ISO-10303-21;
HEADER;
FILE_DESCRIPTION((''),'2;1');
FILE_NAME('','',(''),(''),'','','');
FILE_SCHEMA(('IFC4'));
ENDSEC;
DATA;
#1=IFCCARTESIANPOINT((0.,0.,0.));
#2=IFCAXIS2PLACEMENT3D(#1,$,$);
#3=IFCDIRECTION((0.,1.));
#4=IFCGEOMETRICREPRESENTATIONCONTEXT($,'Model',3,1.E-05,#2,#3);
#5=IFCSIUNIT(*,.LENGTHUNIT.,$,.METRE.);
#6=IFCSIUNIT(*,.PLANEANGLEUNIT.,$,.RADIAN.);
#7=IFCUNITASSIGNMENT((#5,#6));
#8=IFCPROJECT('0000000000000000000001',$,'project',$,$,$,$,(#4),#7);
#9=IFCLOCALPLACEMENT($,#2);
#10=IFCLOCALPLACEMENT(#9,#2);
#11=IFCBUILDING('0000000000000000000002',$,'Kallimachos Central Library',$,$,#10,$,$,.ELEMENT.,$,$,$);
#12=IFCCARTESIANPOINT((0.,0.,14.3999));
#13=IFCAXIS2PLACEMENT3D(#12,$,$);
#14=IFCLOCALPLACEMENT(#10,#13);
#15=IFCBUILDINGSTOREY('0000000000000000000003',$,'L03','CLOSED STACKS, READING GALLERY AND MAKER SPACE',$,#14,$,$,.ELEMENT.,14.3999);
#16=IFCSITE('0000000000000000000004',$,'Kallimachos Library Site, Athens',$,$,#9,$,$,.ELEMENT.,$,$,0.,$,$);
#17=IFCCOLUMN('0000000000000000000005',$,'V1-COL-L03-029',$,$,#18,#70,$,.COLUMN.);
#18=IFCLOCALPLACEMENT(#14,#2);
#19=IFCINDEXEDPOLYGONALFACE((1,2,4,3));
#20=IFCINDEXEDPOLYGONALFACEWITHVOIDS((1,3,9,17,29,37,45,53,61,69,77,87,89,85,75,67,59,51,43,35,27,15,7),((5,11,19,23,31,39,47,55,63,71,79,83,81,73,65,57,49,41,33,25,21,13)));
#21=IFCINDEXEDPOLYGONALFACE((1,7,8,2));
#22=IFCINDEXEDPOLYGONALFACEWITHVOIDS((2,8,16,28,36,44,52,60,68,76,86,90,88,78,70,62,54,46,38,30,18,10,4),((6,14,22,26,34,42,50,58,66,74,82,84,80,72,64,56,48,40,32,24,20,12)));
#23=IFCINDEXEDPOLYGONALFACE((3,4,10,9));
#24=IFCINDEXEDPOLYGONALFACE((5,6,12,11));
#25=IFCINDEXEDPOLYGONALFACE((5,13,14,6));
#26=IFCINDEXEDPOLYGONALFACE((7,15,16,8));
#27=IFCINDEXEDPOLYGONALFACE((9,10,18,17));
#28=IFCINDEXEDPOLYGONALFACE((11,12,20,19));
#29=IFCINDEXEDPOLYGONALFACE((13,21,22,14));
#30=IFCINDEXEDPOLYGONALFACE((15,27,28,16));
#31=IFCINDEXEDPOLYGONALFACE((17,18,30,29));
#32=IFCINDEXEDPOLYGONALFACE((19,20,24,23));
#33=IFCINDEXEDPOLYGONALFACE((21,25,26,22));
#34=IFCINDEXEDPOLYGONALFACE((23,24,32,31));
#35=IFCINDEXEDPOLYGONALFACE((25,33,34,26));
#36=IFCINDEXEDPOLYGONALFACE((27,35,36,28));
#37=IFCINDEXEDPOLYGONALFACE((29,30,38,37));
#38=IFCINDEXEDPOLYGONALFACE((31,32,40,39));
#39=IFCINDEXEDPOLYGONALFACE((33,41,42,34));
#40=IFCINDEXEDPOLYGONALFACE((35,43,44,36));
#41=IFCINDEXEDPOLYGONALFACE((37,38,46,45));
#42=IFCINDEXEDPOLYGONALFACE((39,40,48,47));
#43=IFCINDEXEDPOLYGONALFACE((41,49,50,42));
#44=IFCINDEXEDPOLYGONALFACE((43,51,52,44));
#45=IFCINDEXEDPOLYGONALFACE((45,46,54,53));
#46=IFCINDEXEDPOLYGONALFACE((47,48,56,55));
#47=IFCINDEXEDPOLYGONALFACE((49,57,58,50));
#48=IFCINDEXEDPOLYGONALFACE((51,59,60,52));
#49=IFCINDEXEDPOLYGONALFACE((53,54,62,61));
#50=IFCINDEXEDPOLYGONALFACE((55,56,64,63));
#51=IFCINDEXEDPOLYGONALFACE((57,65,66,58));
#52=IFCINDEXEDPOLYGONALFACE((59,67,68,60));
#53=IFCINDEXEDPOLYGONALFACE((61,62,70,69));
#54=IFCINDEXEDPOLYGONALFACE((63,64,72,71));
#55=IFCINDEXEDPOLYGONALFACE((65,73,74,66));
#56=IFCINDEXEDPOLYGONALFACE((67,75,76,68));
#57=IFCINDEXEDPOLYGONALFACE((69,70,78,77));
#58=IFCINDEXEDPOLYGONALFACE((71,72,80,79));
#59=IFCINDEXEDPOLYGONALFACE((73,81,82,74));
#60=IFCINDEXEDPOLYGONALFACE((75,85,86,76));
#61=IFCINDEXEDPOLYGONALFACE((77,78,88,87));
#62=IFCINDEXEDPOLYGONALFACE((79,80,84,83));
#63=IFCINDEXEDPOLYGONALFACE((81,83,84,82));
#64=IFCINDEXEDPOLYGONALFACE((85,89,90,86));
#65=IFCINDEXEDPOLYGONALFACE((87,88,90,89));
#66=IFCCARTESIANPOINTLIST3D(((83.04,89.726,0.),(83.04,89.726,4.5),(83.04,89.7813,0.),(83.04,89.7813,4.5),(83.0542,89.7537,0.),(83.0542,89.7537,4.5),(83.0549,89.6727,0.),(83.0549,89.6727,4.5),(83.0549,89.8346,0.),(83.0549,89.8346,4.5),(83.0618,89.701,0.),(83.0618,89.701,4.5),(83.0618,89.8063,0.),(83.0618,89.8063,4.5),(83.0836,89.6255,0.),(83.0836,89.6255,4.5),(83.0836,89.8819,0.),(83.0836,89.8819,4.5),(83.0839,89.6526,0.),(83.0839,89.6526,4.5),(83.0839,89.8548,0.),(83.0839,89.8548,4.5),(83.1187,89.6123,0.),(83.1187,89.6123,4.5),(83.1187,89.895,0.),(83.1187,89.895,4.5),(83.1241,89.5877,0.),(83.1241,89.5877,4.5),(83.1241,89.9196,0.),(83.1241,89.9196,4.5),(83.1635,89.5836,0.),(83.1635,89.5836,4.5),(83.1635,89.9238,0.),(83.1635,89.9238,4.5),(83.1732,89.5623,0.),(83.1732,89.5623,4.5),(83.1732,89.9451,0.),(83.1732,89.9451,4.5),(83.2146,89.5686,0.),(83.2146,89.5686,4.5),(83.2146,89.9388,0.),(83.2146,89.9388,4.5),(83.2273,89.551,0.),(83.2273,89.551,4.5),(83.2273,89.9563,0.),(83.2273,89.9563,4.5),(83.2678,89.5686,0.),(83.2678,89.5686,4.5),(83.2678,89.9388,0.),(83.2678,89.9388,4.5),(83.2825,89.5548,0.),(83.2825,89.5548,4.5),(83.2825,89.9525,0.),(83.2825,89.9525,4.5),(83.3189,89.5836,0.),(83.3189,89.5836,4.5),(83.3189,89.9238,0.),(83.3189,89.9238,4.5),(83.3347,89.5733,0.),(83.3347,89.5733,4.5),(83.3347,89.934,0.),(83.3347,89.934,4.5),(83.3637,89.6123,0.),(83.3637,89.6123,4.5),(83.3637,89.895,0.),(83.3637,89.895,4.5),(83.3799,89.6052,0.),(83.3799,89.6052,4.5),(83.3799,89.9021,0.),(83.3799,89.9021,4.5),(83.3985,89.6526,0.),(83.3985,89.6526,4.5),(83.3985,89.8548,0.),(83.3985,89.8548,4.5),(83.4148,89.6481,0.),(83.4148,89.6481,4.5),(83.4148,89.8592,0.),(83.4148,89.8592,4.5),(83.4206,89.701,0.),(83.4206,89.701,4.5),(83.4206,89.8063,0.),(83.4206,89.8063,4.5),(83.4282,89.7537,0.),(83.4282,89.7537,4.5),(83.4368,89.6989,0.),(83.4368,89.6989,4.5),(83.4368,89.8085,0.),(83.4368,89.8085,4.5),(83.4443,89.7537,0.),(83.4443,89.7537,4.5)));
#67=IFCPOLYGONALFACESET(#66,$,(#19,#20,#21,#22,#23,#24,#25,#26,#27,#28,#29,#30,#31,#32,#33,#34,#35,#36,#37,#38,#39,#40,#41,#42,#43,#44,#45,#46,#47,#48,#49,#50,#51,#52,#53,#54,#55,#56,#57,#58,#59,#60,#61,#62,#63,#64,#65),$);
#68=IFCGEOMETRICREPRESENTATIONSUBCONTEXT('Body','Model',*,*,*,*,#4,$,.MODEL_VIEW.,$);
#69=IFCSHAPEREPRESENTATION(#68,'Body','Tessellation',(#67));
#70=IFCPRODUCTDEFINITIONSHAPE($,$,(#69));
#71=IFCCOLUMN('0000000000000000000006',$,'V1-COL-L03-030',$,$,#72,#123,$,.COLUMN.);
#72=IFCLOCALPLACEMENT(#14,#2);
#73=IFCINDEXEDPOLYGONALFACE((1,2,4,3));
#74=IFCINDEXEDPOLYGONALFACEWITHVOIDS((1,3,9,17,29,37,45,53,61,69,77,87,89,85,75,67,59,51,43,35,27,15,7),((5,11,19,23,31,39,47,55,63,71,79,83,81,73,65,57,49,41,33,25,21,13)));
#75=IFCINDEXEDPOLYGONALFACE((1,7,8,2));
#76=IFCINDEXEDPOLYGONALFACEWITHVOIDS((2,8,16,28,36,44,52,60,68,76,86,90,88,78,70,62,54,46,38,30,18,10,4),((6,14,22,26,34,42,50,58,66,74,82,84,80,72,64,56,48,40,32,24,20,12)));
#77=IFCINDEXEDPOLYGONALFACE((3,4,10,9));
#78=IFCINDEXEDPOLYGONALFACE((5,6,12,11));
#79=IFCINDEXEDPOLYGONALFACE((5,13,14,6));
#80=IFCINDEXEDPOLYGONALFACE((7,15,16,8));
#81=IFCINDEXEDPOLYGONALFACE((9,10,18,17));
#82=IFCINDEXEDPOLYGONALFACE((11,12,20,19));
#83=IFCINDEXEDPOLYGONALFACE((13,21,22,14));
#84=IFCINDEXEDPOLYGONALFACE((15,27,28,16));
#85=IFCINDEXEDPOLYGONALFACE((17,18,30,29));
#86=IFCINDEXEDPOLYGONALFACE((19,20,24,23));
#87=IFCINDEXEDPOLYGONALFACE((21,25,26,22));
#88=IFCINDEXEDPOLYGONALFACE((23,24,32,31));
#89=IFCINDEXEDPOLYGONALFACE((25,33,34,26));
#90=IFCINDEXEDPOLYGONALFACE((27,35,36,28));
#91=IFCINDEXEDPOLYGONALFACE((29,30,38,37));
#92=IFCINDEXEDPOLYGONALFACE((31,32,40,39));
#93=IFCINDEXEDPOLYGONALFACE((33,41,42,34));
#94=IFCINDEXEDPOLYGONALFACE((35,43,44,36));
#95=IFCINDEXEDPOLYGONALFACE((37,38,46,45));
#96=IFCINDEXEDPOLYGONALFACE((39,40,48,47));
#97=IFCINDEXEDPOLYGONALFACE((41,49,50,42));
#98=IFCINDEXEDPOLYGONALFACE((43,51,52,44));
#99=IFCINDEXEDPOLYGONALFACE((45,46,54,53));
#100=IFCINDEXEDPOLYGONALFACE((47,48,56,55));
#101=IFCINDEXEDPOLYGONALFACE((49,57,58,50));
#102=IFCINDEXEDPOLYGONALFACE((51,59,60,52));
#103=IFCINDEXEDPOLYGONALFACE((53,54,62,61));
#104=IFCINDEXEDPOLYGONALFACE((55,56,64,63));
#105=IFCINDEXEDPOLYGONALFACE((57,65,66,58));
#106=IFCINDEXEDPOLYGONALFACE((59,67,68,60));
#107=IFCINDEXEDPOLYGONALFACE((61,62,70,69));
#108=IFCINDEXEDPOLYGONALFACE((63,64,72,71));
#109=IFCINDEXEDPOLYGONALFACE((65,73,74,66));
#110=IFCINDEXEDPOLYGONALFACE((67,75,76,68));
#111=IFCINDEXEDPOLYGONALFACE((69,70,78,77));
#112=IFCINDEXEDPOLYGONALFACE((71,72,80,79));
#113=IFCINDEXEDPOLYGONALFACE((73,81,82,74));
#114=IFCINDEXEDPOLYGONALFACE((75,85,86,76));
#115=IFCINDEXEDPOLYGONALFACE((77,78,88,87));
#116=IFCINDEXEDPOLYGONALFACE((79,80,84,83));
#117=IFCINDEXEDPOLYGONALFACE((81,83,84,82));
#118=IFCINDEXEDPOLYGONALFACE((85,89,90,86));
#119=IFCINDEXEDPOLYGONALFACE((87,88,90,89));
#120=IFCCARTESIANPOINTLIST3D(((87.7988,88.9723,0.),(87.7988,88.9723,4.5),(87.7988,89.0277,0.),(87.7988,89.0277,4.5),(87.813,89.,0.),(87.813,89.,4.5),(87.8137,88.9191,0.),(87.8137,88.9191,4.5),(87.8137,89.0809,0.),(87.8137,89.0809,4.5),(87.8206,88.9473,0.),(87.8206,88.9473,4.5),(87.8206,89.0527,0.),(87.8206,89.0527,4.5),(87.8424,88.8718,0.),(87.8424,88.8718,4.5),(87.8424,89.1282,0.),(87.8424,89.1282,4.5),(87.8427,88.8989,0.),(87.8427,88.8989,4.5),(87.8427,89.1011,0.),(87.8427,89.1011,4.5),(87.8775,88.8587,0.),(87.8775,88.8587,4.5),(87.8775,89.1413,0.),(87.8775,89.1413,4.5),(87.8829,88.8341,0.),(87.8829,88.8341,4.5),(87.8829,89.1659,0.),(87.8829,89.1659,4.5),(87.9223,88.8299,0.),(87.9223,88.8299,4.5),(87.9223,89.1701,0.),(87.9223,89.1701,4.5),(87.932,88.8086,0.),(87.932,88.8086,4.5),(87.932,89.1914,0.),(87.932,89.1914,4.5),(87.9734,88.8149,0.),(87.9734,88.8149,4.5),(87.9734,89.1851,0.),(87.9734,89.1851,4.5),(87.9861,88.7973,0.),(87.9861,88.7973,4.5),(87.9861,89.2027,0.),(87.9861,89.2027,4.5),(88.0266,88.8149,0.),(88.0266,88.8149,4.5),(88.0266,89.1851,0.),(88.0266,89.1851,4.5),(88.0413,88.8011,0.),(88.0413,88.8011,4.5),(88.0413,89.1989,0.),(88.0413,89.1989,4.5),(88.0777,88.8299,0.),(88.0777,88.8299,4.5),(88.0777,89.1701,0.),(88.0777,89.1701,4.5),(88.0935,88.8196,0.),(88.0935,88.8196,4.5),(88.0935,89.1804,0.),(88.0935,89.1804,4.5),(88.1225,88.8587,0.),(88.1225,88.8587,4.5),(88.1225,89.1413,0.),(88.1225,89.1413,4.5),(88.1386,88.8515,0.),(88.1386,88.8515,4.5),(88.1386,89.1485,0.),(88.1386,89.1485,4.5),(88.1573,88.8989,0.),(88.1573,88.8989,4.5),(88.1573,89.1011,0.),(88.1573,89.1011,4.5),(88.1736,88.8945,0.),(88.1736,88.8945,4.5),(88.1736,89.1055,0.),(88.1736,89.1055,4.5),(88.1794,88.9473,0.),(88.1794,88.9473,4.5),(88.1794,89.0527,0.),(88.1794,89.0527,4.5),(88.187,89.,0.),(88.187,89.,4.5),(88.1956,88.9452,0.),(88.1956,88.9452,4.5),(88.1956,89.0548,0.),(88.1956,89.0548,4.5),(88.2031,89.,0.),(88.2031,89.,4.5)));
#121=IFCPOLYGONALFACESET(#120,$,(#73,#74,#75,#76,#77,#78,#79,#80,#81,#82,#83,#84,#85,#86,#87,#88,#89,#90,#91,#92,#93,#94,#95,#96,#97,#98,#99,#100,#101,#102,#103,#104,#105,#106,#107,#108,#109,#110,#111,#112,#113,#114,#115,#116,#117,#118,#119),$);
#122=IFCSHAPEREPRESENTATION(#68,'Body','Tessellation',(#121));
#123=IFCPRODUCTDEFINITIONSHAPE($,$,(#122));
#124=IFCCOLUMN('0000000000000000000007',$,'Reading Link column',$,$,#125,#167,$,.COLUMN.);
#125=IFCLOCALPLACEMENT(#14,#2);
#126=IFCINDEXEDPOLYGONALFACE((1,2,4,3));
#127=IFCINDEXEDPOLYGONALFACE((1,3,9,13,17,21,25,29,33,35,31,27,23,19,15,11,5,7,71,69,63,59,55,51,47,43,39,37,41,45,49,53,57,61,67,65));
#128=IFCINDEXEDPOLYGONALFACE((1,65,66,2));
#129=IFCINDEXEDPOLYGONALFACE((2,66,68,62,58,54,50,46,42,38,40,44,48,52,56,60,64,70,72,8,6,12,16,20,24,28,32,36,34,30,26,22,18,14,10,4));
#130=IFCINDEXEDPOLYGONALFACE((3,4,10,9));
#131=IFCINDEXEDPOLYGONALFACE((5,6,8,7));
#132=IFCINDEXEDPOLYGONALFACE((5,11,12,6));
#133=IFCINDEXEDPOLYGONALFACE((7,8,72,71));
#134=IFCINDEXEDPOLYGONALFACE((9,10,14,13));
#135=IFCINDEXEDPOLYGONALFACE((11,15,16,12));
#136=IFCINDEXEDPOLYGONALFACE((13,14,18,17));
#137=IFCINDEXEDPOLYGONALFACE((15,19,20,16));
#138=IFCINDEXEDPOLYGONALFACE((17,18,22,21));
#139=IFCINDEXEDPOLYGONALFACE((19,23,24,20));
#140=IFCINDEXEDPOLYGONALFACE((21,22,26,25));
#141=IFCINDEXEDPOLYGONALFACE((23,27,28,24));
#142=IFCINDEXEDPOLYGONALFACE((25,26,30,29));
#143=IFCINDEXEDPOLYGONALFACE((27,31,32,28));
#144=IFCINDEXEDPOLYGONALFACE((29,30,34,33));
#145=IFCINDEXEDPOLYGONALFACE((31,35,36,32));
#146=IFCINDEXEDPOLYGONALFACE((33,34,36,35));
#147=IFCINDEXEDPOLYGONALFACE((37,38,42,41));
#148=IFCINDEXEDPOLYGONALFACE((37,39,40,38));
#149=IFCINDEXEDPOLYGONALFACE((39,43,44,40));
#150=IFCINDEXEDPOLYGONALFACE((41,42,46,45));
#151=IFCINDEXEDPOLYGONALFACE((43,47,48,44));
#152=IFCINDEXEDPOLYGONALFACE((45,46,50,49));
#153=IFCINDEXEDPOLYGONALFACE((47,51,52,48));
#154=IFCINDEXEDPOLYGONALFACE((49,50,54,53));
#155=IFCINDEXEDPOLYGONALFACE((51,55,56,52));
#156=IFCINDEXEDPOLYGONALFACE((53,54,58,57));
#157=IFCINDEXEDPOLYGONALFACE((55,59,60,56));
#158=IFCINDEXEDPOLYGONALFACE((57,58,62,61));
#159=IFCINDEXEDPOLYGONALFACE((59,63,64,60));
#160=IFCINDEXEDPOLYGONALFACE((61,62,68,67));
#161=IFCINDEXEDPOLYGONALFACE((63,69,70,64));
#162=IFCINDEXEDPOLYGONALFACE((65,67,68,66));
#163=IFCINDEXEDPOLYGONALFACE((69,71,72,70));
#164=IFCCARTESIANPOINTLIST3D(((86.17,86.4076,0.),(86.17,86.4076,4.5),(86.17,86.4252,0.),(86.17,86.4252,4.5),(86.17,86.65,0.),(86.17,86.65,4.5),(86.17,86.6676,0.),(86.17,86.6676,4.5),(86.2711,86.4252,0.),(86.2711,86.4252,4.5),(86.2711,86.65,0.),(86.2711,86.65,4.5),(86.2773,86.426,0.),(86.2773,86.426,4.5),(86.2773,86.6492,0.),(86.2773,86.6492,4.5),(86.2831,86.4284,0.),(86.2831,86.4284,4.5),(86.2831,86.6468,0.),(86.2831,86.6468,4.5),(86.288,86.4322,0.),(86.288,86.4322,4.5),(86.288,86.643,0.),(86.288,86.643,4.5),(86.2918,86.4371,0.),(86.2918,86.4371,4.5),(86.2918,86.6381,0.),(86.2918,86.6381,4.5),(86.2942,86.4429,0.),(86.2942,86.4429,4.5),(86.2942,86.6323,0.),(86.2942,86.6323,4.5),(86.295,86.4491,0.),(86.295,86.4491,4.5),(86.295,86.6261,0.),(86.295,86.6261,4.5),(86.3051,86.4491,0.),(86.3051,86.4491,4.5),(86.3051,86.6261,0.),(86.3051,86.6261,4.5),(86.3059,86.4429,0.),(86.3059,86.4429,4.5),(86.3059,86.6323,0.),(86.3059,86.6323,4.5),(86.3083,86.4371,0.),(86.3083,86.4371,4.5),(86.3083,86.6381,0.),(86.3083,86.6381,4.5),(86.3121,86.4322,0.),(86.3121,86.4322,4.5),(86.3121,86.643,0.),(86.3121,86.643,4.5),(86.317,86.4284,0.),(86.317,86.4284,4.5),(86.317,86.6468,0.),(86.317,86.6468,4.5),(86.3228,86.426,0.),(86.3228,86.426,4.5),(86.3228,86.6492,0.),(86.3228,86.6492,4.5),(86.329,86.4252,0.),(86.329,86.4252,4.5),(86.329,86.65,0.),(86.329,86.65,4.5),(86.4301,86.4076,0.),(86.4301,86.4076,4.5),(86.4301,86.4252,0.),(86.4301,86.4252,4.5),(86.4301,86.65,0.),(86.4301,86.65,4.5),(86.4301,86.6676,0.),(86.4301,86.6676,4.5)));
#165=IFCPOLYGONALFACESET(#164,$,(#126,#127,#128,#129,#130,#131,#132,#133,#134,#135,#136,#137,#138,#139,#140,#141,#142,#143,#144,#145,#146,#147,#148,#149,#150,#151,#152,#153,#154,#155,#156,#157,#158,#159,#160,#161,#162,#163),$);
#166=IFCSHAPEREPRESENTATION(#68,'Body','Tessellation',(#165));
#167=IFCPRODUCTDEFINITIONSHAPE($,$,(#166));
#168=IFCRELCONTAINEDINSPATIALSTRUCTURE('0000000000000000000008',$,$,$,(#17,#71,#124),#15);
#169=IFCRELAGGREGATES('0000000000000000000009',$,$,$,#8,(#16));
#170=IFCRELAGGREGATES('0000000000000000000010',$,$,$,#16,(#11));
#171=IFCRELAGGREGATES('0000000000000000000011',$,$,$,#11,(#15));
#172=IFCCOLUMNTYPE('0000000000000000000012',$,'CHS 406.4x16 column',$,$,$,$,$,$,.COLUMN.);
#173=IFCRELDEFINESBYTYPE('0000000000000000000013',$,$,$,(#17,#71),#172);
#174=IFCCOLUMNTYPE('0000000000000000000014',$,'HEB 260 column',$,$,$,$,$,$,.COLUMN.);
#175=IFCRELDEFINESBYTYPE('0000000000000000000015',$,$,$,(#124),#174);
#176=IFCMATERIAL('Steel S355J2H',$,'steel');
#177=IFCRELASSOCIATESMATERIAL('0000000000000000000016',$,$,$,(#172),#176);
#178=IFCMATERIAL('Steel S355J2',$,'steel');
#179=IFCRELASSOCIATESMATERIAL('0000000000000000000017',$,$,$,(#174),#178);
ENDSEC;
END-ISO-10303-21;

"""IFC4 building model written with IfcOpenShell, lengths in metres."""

from ifc_helpers import new_model, si_unit, direction, frame, origin, origin_2d, place, context, subcontext, project, spatial, hollow_circle, i_section, extrude, material, material_profile, profile_set, type_object, element, save


model = new_model("IFC4")

# Units and contexts
model_context = context("Model", 3, precision=1e-05, world=origin(), true_north=direction((0.0, 1.0)))
body_context = subcontext(model_context, "Body", "Model", "MODEL_VIEW")
ifc_project = project(units=[si_unit("LENGTHUNIT", "METRE"), si_unit("PLANEANGLEUNIT", "RADIAN")], contexts=[model_context])

# Site, building, storey
site_placement = place(None, origin())
site = spatial("IfcSite", under=ifc_project, at=site_placement, Name="Kallimachos Library Site, Athens", CompositionType="ELEMENT", RefElevation=0.0)
building_placement = place(site_placement, origin())
building = spatial("IfcBuilding", under=site, at=building_placement, Name="Kallimachos Central Library", CompositionType="ELEMENT")
storey_placement = place(building_placement, frame((0.0, 0.0, 14.3999)))
storey = spatial("IfcBuildingStorey", under=building, at=storey_placement, Name="L03", Description="CLOSED STACKS, READING GALLERY AND MAKER SPACE", CompositionType="ELEMENT", Elevation=14.3999)

# Columns
ifc_material_1 = material(Name="Steel S355J2H", Category="steel")
ifc_material_profile_1 = material_profile(ifc_material_1, hollow_circle(Radius=0.2031, WallThickness=0.0161, at=origin_2d()), Name="CHS 406.4x16")
ifc_profile_set_1 = profile_set([ifc_material_profile_1], Name="Steel S355J2H")
column_type_1 = type_object("IfcColumnType", Name="CHS 406.4x16 column", PredefinedType="COLUMN", material=ifc_profile_set_1)
for number, where, z_axis, x_axis, name in (
    (1, (83.2412, 89.7537, 0.0), (0.0, 0.0, 1.0), (1.0, 0.0, 0.0), "V1-COL-L03-029"),
    (2, (88.0, 89.0, 0.0), (0.0, 0.0, 1.0), (1.0, 0.0, 0.0), "V1-COL-L03-030"),
):
    element("IfcColumn", number, at=place(storey_placement, frame(where, z_axis=z_axis, x_axis=x_axis)), inside=storey, type_object=column_type_1, Name=name, PredefinedType="COLUMN", context=body_context, shape_type="SweptSolid", body=[
        extrude(hollow_circle(Radius=0.2031, WallThickness=0.0161, at=origin_2d()), origin(), (0.0, 0.0, 1.0), 4.5),
    ])
ifc_material_2 = material(Name="Steel S355J2", Category="steel")
ifc_material_profile_2 = material_profile(ifc_material_2, i_section(OverallWidth=0.26, OverallDepth=0.26, WebThickness=0.01, FlangeThickness=0.0176, FilletRadius=0.0239, at=origin_2d()), Name="HEB 260")
ifc_profile_set_2 = profile_set([ifc_material_profile_2], Name="Steel S355J2")
column_type_2 = type_object("IfcColumnType", Name="HEB 260 column", PredefinedType="COLUMN", material=ifc_profile_set_2)
column_1_placement = place(storey_placement, frame((86.3, 86.5376, 0.0), z_axis=(0.0, 0.0, 1.0), x_axis=(1.0, 0.0, 0.0)))
element("IfcColumn", 3, at=column_1_placement, inside=storey, type_object=column_type_2, Name="Reading Link column", PredefinedType="COLUMN", context=body_context, shape_type="SweptSolid", body=[
    extrude(i_section(OverallWidth=0.26, OverallDepth=0.26, WebThickness=0.01, FlangeThickness=0.0176, FilletRadius=0.0239, at=origin_2d()), origin(), (0.0, 0.0, 1.0), 4.5),
])

save(model, "model.ifc")
